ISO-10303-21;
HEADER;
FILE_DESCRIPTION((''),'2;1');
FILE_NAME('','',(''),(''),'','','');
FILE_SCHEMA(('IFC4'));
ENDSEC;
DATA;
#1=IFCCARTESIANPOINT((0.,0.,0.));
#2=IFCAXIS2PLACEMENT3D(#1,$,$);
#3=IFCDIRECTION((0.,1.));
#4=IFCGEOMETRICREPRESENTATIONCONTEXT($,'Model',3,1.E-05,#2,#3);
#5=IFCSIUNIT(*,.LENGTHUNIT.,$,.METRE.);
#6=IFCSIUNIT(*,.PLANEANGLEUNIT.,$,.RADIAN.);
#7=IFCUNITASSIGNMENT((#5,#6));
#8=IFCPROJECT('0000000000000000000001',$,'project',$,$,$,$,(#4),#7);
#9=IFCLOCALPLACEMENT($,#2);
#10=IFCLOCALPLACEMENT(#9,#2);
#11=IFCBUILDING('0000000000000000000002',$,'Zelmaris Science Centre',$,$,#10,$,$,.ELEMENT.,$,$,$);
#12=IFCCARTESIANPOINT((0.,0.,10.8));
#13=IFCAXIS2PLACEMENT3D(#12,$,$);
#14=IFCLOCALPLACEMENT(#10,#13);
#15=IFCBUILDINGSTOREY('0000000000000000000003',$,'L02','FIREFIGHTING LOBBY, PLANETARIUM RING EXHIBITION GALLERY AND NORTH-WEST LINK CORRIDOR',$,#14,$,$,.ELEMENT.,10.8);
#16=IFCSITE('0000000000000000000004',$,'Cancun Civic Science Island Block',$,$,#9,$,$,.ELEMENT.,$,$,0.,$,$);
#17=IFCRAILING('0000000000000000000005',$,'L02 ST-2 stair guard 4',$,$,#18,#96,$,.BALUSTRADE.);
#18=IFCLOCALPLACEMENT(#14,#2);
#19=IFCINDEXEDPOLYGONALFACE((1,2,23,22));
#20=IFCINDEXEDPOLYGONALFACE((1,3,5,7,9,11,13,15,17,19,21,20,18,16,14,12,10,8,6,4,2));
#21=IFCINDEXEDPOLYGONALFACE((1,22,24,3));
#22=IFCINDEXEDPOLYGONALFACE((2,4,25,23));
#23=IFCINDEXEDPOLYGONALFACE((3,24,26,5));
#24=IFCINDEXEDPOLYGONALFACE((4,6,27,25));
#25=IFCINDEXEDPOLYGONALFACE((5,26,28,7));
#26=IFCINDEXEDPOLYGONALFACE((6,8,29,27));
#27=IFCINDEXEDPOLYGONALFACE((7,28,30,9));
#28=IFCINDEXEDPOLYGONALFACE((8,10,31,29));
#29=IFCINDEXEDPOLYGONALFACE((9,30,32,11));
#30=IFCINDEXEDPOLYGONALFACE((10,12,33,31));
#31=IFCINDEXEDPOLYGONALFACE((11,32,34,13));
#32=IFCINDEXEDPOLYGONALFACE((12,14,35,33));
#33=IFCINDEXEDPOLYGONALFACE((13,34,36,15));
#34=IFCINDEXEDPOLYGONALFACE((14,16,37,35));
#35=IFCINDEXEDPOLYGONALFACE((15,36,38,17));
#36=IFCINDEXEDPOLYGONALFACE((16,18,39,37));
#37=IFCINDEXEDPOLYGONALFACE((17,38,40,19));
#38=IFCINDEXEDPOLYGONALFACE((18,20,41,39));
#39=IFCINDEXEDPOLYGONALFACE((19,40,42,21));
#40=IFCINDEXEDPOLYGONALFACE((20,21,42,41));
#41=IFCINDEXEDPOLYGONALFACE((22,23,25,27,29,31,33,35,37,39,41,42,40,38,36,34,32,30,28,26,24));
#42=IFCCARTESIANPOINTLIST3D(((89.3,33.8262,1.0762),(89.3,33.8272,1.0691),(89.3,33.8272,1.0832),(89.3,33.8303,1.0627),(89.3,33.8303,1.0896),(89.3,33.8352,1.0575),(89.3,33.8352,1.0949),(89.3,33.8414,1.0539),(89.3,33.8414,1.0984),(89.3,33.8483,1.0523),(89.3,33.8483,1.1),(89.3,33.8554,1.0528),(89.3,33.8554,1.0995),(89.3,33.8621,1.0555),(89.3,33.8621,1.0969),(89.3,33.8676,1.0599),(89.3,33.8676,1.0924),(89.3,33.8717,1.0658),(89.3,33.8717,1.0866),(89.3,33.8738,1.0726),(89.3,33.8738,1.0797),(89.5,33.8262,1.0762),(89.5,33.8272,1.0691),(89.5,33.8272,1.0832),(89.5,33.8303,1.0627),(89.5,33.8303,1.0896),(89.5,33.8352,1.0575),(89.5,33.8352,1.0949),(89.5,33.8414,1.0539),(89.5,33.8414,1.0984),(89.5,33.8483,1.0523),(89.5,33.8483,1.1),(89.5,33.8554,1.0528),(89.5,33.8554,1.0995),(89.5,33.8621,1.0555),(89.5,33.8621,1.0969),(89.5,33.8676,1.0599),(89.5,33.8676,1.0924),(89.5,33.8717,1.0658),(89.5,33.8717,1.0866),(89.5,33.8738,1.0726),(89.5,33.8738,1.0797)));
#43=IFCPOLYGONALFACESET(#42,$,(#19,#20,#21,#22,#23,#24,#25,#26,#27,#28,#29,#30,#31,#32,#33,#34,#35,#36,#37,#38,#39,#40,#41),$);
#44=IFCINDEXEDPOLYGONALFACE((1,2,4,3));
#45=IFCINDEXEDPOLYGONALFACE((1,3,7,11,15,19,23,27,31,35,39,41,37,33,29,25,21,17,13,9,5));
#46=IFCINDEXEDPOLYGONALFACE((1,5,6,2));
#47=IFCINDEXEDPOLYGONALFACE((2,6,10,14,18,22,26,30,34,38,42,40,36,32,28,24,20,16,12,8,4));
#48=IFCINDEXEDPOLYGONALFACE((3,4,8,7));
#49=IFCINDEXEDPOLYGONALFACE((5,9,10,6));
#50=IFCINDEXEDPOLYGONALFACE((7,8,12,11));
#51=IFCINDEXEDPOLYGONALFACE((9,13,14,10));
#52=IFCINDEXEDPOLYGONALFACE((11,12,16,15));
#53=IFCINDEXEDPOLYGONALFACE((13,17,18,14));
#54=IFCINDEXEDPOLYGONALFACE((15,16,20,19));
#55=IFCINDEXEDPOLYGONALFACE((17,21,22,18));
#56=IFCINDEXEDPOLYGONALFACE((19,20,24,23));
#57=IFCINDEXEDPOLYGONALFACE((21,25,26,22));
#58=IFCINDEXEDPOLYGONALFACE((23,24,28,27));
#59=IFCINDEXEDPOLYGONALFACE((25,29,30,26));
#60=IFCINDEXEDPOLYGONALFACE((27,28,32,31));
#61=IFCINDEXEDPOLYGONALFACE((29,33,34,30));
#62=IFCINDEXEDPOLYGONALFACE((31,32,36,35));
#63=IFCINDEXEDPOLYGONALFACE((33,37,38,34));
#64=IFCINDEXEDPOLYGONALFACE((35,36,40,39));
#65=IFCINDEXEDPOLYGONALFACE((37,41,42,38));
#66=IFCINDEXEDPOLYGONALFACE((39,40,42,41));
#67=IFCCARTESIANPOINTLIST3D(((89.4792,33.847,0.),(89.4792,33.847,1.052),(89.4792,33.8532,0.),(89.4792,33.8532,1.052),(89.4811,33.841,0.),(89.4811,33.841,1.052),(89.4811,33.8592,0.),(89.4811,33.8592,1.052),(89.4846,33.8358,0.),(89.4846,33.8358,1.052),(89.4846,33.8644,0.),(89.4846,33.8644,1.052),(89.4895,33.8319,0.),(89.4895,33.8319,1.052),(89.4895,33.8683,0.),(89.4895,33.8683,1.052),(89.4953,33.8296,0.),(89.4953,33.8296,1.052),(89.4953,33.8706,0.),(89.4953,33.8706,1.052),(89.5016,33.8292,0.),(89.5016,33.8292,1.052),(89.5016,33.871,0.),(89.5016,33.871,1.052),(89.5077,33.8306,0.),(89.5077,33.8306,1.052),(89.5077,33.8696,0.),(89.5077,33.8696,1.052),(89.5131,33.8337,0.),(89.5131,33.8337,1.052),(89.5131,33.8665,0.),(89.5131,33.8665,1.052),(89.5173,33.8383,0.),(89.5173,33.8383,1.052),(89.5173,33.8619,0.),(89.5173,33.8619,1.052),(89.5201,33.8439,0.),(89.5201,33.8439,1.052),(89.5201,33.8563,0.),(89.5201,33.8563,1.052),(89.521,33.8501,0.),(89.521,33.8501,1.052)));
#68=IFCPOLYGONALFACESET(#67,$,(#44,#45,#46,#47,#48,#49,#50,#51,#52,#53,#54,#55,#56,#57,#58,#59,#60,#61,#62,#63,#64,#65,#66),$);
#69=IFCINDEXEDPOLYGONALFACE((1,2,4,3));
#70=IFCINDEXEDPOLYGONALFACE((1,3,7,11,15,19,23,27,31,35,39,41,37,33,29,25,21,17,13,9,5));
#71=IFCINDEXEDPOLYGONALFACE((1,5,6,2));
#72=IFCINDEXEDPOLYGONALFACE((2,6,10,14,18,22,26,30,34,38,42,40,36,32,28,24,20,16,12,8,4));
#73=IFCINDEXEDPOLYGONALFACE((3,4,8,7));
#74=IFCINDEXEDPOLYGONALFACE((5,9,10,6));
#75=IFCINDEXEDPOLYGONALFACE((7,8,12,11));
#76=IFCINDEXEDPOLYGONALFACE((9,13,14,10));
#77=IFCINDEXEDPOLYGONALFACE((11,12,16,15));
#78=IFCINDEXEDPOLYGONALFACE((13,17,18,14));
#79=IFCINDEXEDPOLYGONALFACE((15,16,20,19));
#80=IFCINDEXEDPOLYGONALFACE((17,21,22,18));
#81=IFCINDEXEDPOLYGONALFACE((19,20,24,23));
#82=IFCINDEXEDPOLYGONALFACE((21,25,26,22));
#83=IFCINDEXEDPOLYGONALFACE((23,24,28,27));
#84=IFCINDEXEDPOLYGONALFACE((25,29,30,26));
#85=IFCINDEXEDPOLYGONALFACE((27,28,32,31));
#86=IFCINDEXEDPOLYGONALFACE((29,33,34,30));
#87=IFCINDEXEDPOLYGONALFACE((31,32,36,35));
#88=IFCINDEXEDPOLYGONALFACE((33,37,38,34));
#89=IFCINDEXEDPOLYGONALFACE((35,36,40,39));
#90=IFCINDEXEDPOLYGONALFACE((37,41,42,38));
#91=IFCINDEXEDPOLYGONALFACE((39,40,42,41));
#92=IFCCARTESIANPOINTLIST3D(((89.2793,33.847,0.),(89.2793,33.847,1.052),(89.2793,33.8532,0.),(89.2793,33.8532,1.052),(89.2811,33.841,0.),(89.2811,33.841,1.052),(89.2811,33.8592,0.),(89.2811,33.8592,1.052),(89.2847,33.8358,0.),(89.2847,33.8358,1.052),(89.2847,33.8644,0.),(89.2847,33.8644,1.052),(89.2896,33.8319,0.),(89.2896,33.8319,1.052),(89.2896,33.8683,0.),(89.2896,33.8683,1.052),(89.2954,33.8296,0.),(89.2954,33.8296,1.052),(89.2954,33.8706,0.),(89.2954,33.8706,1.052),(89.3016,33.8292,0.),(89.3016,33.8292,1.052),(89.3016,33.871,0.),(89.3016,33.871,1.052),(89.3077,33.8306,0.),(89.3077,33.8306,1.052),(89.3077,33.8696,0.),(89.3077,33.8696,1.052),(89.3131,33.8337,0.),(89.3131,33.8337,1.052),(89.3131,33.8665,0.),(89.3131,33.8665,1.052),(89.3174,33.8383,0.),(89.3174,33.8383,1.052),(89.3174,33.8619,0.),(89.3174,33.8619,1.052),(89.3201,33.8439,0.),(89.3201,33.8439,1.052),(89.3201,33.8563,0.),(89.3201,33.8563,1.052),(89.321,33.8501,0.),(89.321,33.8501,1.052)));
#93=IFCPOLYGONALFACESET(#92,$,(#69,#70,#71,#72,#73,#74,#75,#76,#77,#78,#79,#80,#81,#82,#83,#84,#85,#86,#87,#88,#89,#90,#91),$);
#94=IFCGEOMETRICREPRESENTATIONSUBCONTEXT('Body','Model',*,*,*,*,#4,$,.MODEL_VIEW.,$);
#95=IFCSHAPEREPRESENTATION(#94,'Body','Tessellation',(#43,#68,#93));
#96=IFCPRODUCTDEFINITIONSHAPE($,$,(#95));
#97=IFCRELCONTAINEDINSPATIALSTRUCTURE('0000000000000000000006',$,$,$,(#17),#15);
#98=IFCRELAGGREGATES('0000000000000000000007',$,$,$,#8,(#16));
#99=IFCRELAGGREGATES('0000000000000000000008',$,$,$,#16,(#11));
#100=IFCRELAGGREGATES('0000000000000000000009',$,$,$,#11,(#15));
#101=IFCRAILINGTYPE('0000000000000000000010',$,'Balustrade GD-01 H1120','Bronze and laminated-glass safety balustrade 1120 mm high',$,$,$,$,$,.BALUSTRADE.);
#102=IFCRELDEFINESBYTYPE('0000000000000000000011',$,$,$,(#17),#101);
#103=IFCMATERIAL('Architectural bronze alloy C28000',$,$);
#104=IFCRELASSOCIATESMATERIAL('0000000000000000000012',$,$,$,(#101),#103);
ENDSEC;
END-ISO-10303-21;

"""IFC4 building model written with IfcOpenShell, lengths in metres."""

from ifc_helpers import new_model, si_unit, direction, frame, origin, origin_2d, place, context, subcontext, project, spatial, circle, extrude, material, type_object, element, save


model = new_model("IFC4")

# Units and contexts
model_context = context("Model", 3, precision=1e-05, world=origin(), true_north=direction((0.0, 1.0)))
body_context = subcontext(model_context, "Body", "Model", "MODEL_VIEW")
ifc_project = project(units=[si_unit("LENGTHUNIT", "METRE"), si_unit("PLANEANGLEUNIT", "RADIAN")], contexts=[model_context])

# Site, building, storey
site_placement = place(None, origin())
site = spatial("IfcSite", under=ifc_project, at=site_placement, Name="Cancun Civic Science Island Block", CompositionType="ELEMENT", RefElevation=0.0)
building_placement = place(site_placement, origin())
building = spatial("IfcBuilding", under=site, at=building_placement, Name="Zelmaris Science Centre", CompositionType="ELEMENT")
storey_placement = place(building_placement, frame((0.0, 0.0, 10.8)))
storey = spatial("IfcBuildingStorey", under=building, at=storey_placement, Name="L02", Description="FIREFIGHTING LOBBY, PLANETARIUM RING EXHIBITION GALLERY AND NORTH-WEST LINK CORRIDOR", CompositionType="ELEMENT", Elevation=10.8)

# Railing
ifc_material_1 = material(Name="Architectural bronze alloy C28000")
railing_type_1 = type_object("IfcRailingType", Name="Balustrade GD-01 H1120", Description="Bronze and laminated-glass safety balustrade 1120 mm high", PredefinedType="BALUSTRADE", material=ifc_material_1)
railing_1_placement = place(storey_placement, frame((89.5, 33.8501, 0.0)))
element("IfcRailing", 1, at=railing_1_placement, inside=storey, type_object=railing_type_1, Name="L02 ST-2 stair guard 4", PredefinedType="BALUSTRADE", context=body_context, shape_type="SweptSolid", body=[
    extrude(circle(Radius=0.0239, at=origin_2d()), frame((0.0, 0.0, 1.0762), z_axis=(-1.0, 0.0, 0.0), x_axis=(0.0, -1.0, 0.0)), (0.0, 0.0, 1.0), 0.2),
    extrude(circle(Radius=0.021, at=origin_2d()), origin(), (0.0, 0.0, 1.0), 1.052),
    extrude(circle(Radius=0.021, at=origin_2d()), frame((-0.2, 0.0, 0.0)), (0.0, 0.0, 1.0), 1.052),
])

save(model, "model.ifc")
